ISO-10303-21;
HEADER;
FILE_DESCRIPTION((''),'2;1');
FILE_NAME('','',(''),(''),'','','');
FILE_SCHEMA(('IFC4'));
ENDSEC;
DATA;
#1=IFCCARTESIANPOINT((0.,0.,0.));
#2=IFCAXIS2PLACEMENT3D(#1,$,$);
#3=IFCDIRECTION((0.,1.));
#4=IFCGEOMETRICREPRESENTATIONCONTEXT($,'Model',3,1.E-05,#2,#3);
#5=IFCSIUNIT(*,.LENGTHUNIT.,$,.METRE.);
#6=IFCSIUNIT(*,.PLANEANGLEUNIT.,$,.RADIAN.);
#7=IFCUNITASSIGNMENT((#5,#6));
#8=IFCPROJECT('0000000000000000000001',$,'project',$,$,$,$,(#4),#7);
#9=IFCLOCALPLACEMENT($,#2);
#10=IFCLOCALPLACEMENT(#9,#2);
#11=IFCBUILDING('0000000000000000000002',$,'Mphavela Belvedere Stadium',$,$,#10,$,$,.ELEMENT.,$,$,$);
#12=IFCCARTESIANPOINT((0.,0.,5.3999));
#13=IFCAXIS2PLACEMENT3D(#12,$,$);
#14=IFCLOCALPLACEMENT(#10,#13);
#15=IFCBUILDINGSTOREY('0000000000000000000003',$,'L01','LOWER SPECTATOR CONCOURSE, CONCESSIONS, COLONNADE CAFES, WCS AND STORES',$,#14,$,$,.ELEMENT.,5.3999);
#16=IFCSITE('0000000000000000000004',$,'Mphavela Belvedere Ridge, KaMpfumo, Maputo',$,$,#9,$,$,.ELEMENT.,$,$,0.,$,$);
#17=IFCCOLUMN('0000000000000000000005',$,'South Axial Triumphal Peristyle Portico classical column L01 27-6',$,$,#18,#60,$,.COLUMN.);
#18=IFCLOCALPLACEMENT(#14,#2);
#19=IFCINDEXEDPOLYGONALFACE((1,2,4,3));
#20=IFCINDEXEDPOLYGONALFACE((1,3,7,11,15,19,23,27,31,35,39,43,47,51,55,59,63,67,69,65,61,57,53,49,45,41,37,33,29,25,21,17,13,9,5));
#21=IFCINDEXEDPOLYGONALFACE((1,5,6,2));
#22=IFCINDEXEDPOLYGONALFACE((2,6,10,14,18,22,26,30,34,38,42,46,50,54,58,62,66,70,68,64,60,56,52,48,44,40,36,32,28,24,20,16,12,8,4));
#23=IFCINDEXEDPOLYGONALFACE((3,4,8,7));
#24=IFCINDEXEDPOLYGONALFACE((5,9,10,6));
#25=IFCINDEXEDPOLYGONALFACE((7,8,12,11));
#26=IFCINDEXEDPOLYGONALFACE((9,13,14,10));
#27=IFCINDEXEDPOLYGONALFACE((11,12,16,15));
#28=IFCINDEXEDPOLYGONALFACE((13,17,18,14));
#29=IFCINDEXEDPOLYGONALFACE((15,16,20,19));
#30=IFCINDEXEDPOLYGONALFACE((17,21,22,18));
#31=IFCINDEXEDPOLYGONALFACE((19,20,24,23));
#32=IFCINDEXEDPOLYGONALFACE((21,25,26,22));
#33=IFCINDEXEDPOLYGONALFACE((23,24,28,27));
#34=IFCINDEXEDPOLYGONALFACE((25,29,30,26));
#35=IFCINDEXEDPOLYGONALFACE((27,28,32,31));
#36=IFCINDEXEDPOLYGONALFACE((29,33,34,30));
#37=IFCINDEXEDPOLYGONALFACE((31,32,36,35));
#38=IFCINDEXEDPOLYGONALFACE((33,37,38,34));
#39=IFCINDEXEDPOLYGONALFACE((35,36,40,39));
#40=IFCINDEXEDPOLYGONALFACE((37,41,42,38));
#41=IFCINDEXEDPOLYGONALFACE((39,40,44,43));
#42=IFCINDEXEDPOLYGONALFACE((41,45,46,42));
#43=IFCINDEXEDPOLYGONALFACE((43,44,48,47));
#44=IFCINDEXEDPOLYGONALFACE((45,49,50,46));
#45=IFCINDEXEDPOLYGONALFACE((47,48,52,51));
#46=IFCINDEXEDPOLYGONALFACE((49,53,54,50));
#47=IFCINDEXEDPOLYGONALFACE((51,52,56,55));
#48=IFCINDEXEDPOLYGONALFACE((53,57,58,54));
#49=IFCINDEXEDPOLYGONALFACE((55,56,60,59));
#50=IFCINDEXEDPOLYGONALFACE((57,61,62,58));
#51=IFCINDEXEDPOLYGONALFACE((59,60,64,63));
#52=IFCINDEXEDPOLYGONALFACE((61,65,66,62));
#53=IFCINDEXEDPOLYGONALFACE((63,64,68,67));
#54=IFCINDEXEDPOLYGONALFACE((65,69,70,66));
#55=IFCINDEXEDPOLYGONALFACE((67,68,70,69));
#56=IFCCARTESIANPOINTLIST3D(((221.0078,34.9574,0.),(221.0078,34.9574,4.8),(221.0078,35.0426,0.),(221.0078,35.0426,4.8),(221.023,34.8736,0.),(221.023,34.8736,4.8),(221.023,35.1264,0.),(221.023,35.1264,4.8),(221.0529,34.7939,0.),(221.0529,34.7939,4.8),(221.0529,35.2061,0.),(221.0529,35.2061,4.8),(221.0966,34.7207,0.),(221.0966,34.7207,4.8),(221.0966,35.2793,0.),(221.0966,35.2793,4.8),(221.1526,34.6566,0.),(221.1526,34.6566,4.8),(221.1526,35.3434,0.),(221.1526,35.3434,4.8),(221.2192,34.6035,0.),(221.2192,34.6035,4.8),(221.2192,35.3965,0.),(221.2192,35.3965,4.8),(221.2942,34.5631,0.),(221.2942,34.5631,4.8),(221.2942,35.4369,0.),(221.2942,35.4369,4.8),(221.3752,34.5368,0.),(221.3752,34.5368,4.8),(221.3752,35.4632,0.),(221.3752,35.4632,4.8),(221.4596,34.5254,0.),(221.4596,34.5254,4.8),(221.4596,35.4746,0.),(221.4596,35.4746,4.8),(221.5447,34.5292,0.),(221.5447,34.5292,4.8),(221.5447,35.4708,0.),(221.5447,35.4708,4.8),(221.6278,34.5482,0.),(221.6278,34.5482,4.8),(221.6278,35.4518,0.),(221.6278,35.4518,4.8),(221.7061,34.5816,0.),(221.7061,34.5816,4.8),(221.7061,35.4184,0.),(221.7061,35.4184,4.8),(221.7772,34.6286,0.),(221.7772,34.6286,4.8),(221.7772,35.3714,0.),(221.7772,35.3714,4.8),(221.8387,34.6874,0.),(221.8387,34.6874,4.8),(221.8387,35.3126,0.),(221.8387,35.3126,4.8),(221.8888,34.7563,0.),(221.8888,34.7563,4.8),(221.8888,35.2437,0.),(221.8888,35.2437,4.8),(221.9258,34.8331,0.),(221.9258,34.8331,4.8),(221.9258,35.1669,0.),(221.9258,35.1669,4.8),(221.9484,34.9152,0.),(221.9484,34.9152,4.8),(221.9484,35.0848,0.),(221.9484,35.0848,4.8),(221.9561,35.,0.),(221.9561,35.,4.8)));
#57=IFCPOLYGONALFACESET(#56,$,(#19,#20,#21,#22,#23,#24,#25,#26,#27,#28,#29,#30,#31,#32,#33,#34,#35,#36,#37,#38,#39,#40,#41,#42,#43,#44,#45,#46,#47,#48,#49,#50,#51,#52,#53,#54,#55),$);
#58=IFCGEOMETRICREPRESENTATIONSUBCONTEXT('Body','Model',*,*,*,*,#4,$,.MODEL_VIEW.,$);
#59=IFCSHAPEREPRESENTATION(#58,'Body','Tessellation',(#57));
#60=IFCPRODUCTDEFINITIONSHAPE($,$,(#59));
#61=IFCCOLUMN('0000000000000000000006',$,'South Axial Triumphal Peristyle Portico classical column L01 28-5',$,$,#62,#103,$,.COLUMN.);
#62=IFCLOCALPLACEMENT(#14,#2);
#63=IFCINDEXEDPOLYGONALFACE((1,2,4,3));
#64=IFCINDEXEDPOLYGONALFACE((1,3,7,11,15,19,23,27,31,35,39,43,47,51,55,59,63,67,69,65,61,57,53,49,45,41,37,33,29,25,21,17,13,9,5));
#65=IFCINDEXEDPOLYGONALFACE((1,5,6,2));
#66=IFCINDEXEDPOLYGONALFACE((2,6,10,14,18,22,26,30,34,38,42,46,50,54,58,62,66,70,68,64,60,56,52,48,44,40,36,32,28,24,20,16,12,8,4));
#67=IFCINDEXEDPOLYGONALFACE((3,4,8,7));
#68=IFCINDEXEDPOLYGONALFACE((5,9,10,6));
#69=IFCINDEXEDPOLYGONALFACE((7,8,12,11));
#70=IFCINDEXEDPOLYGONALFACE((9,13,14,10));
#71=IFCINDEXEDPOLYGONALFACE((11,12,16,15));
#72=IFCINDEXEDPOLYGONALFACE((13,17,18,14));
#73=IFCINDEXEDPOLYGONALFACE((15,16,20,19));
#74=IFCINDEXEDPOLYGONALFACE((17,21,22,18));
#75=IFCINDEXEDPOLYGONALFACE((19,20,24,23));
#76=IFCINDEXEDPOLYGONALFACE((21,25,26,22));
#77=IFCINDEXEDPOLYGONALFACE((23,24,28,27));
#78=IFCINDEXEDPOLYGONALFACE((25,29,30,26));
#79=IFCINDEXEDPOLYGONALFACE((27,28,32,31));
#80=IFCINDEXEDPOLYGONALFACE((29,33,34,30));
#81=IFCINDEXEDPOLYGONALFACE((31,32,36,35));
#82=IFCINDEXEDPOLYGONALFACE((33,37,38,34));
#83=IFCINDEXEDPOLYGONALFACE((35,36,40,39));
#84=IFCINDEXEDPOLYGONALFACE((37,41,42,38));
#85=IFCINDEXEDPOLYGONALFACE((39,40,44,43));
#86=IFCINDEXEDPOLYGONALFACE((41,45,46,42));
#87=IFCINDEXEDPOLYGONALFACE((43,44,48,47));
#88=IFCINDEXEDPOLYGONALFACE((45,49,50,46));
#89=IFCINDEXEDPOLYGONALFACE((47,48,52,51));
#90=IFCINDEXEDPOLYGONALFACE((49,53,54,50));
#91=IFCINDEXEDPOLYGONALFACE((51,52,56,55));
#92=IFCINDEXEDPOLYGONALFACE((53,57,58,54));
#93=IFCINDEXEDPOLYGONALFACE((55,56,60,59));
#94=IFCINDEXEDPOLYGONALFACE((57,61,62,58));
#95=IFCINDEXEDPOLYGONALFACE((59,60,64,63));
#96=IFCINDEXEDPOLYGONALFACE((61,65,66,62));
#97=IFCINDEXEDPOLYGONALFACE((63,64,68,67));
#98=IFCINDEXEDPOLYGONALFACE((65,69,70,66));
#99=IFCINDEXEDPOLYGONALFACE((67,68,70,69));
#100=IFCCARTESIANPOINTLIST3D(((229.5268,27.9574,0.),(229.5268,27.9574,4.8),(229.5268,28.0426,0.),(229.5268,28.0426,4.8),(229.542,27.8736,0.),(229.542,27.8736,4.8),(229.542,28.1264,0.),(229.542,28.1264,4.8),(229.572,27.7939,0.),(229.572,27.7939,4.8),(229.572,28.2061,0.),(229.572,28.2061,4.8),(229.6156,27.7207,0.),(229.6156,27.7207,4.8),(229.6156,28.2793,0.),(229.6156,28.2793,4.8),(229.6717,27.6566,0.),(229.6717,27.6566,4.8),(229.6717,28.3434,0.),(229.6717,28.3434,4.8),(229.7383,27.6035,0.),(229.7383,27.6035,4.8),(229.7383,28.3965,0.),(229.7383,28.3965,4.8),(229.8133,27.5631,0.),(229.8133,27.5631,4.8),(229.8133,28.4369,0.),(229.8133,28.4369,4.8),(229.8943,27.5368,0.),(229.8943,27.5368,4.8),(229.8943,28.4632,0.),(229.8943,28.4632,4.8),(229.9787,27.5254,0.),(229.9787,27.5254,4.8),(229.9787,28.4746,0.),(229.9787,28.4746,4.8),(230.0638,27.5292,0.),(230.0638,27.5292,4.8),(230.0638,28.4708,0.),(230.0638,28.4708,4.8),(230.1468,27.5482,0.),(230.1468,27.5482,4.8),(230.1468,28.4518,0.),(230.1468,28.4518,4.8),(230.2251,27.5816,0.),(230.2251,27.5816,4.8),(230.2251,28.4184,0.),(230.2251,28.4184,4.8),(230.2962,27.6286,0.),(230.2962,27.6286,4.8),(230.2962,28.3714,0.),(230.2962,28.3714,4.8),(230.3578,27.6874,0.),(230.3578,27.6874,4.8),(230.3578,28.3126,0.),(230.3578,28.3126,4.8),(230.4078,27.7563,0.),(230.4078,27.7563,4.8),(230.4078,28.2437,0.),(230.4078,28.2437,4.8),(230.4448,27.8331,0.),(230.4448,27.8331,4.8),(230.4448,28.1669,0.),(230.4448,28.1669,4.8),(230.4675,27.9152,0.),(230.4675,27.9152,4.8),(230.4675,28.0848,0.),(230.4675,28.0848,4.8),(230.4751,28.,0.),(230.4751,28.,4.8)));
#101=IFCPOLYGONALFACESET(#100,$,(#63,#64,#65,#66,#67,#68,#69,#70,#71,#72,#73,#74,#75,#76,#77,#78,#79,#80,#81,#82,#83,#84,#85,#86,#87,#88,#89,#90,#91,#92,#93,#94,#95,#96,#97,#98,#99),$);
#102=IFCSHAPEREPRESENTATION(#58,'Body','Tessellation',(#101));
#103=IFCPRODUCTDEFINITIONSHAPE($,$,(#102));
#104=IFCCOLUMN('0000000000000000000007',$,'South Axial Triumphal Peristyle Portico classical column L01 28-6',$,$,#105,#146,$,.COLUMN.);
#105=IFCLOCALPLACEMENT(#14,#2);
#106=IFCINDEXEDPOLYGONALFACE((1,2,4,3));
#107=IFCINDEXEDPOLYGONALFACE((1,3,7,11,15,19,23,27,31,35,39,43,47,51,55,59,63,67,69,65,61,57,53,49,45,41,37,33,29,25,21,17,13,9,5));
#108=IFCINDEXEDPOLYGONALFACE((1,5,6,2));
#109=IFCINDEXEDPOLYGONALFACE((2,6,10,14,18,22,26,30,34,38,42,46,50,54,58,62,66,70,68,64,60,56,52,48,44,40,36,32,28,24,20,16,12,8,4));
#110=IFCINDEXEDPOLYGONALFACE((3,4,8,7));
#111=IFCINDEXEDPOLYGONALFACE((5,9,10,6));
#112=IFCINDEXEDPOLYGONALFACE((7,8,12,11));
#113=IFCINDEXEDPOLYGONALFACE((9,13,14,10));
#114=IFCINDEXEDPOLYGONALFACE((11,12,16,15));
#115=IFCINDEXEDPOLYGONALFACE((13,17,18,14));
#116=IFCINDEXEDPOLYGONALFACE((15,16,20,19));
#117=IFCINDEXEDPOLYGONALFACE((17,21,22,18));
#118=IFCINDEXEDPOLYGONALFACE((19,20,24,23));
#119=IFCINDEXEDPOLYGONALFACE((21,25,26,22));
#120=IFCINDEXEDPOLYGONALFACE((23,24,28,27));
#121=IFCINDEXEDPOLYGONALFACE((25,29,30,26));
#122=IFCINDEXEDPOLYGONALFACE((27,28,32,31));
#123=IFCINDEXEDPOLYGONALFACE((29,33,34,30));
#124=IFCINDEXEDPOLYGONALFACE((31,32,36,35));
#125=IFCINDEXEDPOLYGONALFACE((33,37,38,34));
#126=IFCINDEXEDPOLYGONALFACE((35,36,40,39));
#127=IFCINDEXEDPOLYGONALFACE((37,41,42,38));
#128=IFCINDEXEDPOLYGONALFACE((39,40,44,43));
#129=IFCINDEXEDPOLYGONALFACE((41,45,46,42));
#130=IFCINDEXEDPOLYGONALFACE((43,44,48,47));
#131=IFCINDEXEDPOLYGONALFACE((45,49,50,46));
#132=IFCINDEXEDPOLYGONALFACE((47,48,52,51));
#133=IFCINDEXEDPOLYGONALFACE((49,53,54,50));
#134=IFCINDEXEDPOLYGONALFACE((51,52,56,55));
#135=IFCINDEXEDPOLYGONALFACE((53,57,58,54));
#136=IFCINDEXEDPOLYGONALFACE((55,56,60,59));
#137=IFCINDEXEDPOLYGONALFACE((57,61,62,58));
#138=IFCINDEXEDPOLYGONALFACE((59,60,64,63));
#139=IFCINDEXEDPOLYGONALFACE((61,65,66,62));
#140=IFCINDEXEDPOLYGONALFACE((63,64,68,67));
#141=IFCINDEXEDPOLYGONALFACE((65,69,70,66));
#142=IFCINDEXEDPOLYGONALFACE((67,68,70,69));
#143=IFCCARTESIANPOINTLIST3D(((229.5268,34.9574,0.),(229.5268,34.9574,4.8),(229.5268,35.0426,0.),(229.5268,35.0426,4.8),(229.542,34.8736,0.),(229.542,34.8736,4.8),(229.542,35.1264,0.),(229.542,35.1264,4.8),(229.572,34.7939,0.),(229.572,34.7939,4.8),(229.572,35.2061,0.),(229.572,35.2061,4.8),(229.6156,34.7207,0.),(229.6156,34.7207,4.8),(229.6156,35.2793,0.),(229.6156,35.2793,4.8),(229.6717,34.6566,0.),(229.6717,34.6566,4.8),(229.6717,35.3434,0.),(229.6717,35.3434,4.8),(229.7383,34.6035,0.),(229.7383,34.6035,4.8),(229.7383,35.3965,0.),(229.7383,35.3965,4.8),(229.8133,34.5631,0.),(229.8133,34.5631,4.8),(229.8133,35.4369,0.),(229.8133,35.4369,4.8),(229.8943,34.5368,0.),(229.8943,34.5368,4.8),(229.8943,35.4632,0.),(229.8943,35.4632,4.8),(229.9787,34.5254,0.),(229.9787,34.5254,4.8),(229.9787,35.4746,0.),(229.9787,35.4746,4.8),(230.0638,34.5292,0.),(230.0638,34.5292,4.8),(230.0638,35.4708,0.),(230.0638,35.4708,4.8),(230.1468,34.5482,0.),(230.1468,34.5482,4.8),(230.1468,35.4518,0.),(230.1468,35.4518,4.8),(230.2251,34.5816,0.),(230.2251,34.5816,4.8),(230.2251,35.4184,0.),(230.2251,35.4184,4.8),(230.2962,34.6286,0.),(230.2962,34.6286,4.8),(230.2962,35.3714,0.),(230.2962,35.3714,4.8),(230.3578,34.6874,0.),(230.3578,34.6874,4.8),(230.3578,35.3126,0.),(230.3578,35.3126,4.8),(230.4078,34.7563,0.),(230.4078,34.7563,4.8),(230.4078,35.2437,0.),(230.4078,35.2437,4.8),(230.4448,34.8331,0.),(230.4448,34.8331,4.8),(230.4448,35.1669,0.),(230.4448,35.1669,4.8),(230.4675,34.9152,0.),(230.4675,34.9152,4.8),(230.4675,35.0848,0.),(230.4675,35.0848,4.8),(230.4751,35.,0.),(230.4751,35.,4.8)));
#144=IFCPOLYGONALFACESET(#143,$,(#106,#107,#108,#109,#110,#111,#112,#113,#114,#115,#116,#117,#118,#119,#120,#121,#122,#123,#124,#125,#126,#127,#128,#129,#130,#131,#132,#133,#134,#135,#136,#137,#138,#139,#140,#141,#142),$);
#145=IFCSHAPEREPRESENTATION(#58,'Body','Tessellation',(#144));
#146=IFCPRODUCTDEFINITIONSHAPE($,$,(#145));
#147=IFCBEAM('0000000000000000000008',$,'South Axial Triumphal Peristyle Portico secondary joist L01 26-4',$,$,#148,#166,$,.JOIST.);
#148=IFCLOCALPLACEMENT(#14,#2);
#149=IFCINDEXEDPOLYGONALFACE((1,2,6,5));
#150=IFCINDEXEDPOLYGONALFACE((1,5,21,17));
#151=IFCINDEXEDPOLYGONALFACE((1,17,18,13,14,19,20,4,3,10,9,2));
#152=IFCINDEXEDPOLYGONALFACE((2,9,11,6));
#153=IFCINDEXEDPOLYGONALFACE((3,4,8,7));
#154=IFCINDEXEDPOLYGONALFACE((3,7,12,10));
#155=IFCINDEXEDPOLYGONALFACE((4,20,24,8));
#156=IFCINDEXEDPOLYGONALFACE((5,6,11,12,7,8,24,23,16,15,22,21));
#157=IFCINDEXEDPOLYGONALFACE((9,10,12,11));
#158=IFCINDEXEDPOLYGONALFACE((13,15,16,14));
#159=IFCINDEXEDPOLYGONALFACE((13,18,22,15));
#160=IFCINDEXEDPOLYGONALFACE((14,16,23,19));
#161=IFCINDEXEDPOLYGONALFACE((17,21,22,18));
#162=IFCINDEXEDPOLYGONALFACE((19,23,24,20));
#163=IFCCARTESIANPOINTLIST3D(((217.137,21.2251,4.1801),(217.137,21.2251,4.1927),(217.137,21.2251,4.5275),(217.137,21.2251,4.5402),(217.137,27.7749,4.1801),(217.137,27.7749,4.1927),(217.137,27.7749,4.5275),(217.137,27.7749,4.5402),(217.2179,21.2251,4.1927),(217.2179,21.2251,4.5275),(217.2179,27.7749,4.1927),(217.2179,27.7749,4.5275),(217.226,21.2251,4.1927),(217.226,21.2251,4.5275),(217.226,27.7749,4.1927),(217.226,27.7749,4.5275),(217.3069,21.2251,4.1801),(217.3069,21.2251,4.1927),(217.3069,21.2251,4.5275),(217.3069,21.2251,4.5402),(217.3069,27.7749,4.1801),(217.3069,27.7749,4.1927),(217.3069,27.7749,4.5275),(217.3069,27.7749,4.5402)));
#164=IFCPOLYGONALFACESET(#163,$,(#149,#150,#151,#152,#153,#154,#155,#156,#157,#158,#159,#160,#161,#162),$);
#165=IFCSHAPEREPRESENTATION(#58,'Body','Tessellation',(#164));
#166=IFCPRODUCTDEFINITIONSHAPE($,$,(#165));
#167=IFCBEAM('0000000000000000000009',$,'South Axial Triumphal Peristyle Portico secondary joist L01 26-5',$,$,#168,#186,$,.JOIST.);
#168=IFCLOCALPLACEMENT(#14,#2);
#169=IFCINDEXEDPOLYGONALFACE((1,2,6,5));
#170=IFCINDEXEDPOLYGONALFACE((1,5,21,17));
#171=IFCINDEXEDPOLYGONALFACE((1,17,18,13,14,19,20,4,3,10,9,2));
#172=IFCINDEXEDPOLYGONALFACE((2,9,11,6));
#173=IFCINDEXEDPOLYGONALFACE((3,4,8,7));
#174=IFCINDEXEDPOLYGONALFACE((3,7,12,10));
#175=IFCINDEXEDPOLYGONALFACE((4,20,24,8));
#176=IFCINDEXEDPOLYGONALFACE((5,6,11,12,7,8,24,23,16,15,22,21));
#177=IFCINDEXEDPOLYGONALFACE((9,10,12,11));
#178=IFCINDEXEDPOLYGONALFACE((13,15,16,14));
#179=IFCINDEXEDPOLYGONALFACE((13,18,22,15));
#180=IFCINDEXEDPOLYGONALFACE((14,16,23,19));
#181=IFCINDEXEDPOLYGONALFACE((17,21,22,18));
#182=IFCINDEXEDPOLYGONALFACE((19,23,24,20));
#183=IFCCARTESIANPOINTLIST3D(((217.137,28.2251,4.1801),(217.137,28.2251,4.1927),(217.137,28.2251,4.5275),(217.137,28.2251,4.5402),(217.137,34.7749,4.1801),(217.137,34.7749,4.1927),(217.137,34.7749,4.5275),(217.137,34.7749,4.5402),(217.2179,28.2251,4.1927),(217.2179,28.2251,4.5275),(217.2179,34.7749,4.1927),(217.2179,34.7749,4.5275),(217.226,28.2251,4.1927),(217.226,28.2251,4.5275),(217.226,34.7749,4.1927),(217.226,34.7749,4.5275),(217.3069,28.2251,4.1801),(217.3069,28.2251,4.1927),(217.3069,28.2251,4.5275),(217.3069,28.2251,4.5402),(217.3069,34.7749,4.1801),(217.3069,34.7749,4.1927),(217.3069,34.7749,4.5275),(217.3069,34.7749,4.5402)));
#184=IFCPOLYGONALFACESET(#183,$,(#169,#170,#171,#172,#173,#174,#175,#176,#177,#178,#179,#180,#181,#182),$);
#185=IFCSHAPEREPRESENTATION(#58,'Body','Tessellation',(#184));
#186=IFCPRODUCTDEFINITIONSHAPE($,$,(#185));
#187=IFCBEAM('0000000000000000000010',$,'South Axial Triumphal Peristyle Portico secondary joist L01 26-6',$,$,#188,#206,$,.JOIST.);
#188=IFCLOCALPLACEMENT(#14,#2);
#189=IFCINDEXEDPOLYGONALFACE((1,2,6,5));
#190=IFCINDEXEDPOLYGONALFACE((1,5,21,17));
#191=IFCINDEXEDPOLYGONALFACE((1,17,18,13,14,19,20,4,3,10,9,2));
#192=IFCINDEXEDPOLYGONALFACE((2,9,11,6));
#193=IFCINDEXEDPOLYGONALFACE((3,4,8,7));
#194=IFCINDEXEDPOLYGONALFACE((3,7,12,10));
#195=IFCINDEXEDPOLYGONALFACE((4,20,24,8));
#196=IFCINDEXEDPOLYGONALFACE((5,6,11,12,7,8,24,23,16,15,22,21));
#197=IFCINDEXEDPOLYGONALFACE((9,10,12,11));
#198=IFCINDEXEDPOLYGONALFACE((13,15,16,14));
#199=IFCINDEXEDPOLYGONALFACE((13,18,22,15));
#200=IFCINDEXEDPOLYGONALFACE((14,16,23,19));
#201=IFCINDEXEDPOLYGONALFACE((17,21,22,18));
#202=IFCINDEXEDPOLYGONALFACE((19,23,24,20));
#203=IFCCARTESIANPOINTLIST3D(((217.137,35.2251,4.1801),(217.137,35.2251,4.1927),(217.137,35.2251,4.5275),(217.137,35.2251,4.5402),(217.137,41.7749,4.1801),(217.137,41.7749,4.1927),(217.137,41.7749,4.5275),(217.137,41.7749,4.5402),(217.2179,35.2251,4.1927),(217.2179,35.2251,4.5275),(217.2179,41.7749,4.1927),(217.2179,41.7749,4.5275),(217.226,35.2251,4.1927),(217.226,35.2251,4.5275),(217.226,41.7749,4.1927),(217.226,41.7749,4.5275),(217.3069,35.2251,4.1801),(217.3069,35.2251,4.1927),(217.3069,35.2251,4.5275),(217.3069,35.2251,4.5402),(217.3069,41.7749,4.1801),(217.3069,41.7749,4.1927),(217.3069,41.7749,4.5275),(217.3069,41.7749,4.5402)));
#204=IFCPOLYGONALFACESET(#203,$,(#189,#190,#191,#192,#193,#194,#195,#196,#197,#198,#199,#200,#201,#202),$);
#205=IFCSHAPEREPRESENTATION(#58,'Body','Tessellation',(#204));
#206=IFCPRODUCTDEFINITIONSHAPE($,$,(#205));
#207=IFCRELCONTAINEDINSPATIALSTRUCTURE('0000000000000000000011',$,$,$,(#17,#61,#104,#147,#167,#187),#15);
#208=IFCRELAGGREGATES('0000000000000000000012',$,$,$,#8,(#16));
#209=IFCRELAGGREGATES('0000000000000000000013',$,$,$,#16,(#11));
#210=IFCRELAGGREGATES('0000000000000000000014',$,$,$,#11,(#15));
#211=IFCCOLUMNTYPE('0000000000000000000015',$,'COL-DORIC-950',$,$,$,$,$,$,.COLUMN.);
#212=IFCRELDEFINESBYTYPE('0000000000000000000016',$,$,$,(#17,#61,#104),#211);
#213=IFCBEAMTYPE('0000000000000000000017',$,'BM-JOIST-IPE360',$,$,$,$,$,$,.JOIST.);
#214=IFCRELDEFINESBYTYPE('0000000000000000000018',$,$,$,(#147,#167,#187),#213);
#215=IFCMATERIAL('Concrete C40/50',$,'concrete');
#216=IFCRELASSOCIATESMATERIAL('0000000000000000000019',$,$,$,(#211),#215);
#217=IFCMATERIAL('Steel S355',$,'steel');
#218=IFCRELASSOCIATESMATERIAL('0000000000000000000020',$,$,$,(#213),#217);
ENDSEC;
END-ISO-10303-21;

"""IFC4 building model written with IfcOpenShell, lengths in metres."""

from ifc_helpers import new_model, si_unit, direction, frame, origin, origin_2d, place, context, subcontext, project, spatial, circle, i_section, extrude, material, material_profile, profile_set, type_object, element, save


model = new_model("IFC4")

# Units and contexts
model_context = context("Model", 3, precision=1e-05, world=origin(), true_north=direction((0.0, 1.0)))
body_context = subcontext(model_context, "Body", "Model", "MODEL_VIEW")
ifc_project = project(units=[si_unit("LENGTHUNIT", "METRE"), si_unit("PLANEANGLEUNIT", "RADIAN")], contexts=[model_context])

# Site, building, storey
site_placement = place(None, origin())
site = spatial("IfcSite", under=ifc_project, at=site_placement, Name="Mphavela Belvedere Ridge, KaMpfumo, Maputo", CompositionType="ELEMENT", RefElevation=0.0)
building_placement = place(site_placement, origin())
building = spatial("IfcBuilding", under=site, at=building_placement, Name="Mphavela Belvedere Stadium", CompositionType="ELEMENT")
storey_placement = place(building_placement, frame((0.0, 0.0, 5.3999)))
storey = spatial("IfcBuildingStorey", under=building, at=storey_placement, Name="L01", Description="LOWER SPECTATOR CONCOURSE, CONCESSIONS, COLONNADE CAFES, WCS AND STORES", CompositionType="ELEMENT", Elevation=5.3999)

# Columns
ifc_material_1 = material(Name="Concrete C40/50", Category="concrete")
ifc_material_profile_1 = material_profile(ifc_material_1, circle(Radius=0.4751, at=origin_2d()), Name="COL D950")
ifc_profile_set_1 = profile_set([ifc_material_profile_1], Name="Concrete C40/50")
column_type = type_object("IfcColumnType", Name="COL-DORIC-950", PredefinedType="COLUMN", material=ifc_profile_set_1)
for number, where, z_axis, x_axis, name in (
    (1, (221.481, 35.0, 0.0), (0.0, 0.0, 1.0), (1.0, 0.0, 0.0), "South Axial Triumphal Peristyle Portico classical column L01 27-6"),
    (2, (230.0, 28.0, 0.0), (0.0, 0.0, 1.0), (1.0, 0.0, 0.0), "South Axial Triumphal Peristyle Portico classical column L01 28-5"),
    (3, (230.0, 35.0, 0.0), (0.0, 0.0, 1.0), (1.0, 0.0, 0.0), "South Axial Triumphal Peristyle Portico classical column L01 28-6"),
):
    element("IfcColumn", number, at=place(storey_placement, frame(where, z_axis=z_axis, x_axis=x_axis)), inside=storey, type_object=column_type, Name=name, PredefinedType="COLUMN", context=body_context, shape_type="SweptSolid", body=[
        extrude(circle(Radius=0.4751, at=origin_2d()), origin(), (0.0, 0.0, 1.0), 4.8),
    ])

# Beams
ifc_material_2 = material(Name="Steel S355", Category="steel")
ifc_material_profile_2 = material_profile(ifc_material_2, i_section(OverallWidth=0.1699, OverallDepth=0.3601, WebThickness=0.0081, FlangeThickness=0.0127, at=origin_2d()), Name="IPE 360")
ifc_profile_set_2 = profile_set([ifc_material_profile_2], Name="Steel S355")
beam_type_1 = type_object("IfcBeamType", Name="BM-JOIST-IPE360", PredefinedType="JOIST", material=ifc_profile_set_2)
for number, where, z_axis, x_axis, name in (
    (4, (217.2219, 21.2251, 4.3601), (0.0, 1.0, 0.0), (-1.0, 0.0, 0.0), "South Axial Triumphal Peristyle Portico secondary joist L01 26-4"),
    (5, (217.2219, 28.2251, 4.3601), (0.0, 1.0, 0.0), (-1.0, 0.0, 0.0), "South Axial Triumphal Peristyle Portico secondary joist L01 26-5"),
    (6, (217.2219, 35.2251, 4.3601), (0.0, 1.0, 0.0), (-1.0, 0.0, 0.0), "South Axial Triumphal Peristyle Portico secondary joist L01 26-6"),
):
    element("IfcBeam", number, at=place(storey_placement, frame(where, z_axis=z_axis, x_axis=x_axis)), inside=storey, type_object=beam_type_1, Name=name, PredefinedType="JOIST", context=body_context, shape_type="SweptSolid", body=[
        extrude(i_section(OverallWidth=0.1699, OverallDepth=0.3601, WebThickness=0.0081, FlangeThickness=0.0127, at=origin_2d()), origin(), (0.0, 0.0, 1.0), 6.5498),
    ])

save(model, "model.ifc")
